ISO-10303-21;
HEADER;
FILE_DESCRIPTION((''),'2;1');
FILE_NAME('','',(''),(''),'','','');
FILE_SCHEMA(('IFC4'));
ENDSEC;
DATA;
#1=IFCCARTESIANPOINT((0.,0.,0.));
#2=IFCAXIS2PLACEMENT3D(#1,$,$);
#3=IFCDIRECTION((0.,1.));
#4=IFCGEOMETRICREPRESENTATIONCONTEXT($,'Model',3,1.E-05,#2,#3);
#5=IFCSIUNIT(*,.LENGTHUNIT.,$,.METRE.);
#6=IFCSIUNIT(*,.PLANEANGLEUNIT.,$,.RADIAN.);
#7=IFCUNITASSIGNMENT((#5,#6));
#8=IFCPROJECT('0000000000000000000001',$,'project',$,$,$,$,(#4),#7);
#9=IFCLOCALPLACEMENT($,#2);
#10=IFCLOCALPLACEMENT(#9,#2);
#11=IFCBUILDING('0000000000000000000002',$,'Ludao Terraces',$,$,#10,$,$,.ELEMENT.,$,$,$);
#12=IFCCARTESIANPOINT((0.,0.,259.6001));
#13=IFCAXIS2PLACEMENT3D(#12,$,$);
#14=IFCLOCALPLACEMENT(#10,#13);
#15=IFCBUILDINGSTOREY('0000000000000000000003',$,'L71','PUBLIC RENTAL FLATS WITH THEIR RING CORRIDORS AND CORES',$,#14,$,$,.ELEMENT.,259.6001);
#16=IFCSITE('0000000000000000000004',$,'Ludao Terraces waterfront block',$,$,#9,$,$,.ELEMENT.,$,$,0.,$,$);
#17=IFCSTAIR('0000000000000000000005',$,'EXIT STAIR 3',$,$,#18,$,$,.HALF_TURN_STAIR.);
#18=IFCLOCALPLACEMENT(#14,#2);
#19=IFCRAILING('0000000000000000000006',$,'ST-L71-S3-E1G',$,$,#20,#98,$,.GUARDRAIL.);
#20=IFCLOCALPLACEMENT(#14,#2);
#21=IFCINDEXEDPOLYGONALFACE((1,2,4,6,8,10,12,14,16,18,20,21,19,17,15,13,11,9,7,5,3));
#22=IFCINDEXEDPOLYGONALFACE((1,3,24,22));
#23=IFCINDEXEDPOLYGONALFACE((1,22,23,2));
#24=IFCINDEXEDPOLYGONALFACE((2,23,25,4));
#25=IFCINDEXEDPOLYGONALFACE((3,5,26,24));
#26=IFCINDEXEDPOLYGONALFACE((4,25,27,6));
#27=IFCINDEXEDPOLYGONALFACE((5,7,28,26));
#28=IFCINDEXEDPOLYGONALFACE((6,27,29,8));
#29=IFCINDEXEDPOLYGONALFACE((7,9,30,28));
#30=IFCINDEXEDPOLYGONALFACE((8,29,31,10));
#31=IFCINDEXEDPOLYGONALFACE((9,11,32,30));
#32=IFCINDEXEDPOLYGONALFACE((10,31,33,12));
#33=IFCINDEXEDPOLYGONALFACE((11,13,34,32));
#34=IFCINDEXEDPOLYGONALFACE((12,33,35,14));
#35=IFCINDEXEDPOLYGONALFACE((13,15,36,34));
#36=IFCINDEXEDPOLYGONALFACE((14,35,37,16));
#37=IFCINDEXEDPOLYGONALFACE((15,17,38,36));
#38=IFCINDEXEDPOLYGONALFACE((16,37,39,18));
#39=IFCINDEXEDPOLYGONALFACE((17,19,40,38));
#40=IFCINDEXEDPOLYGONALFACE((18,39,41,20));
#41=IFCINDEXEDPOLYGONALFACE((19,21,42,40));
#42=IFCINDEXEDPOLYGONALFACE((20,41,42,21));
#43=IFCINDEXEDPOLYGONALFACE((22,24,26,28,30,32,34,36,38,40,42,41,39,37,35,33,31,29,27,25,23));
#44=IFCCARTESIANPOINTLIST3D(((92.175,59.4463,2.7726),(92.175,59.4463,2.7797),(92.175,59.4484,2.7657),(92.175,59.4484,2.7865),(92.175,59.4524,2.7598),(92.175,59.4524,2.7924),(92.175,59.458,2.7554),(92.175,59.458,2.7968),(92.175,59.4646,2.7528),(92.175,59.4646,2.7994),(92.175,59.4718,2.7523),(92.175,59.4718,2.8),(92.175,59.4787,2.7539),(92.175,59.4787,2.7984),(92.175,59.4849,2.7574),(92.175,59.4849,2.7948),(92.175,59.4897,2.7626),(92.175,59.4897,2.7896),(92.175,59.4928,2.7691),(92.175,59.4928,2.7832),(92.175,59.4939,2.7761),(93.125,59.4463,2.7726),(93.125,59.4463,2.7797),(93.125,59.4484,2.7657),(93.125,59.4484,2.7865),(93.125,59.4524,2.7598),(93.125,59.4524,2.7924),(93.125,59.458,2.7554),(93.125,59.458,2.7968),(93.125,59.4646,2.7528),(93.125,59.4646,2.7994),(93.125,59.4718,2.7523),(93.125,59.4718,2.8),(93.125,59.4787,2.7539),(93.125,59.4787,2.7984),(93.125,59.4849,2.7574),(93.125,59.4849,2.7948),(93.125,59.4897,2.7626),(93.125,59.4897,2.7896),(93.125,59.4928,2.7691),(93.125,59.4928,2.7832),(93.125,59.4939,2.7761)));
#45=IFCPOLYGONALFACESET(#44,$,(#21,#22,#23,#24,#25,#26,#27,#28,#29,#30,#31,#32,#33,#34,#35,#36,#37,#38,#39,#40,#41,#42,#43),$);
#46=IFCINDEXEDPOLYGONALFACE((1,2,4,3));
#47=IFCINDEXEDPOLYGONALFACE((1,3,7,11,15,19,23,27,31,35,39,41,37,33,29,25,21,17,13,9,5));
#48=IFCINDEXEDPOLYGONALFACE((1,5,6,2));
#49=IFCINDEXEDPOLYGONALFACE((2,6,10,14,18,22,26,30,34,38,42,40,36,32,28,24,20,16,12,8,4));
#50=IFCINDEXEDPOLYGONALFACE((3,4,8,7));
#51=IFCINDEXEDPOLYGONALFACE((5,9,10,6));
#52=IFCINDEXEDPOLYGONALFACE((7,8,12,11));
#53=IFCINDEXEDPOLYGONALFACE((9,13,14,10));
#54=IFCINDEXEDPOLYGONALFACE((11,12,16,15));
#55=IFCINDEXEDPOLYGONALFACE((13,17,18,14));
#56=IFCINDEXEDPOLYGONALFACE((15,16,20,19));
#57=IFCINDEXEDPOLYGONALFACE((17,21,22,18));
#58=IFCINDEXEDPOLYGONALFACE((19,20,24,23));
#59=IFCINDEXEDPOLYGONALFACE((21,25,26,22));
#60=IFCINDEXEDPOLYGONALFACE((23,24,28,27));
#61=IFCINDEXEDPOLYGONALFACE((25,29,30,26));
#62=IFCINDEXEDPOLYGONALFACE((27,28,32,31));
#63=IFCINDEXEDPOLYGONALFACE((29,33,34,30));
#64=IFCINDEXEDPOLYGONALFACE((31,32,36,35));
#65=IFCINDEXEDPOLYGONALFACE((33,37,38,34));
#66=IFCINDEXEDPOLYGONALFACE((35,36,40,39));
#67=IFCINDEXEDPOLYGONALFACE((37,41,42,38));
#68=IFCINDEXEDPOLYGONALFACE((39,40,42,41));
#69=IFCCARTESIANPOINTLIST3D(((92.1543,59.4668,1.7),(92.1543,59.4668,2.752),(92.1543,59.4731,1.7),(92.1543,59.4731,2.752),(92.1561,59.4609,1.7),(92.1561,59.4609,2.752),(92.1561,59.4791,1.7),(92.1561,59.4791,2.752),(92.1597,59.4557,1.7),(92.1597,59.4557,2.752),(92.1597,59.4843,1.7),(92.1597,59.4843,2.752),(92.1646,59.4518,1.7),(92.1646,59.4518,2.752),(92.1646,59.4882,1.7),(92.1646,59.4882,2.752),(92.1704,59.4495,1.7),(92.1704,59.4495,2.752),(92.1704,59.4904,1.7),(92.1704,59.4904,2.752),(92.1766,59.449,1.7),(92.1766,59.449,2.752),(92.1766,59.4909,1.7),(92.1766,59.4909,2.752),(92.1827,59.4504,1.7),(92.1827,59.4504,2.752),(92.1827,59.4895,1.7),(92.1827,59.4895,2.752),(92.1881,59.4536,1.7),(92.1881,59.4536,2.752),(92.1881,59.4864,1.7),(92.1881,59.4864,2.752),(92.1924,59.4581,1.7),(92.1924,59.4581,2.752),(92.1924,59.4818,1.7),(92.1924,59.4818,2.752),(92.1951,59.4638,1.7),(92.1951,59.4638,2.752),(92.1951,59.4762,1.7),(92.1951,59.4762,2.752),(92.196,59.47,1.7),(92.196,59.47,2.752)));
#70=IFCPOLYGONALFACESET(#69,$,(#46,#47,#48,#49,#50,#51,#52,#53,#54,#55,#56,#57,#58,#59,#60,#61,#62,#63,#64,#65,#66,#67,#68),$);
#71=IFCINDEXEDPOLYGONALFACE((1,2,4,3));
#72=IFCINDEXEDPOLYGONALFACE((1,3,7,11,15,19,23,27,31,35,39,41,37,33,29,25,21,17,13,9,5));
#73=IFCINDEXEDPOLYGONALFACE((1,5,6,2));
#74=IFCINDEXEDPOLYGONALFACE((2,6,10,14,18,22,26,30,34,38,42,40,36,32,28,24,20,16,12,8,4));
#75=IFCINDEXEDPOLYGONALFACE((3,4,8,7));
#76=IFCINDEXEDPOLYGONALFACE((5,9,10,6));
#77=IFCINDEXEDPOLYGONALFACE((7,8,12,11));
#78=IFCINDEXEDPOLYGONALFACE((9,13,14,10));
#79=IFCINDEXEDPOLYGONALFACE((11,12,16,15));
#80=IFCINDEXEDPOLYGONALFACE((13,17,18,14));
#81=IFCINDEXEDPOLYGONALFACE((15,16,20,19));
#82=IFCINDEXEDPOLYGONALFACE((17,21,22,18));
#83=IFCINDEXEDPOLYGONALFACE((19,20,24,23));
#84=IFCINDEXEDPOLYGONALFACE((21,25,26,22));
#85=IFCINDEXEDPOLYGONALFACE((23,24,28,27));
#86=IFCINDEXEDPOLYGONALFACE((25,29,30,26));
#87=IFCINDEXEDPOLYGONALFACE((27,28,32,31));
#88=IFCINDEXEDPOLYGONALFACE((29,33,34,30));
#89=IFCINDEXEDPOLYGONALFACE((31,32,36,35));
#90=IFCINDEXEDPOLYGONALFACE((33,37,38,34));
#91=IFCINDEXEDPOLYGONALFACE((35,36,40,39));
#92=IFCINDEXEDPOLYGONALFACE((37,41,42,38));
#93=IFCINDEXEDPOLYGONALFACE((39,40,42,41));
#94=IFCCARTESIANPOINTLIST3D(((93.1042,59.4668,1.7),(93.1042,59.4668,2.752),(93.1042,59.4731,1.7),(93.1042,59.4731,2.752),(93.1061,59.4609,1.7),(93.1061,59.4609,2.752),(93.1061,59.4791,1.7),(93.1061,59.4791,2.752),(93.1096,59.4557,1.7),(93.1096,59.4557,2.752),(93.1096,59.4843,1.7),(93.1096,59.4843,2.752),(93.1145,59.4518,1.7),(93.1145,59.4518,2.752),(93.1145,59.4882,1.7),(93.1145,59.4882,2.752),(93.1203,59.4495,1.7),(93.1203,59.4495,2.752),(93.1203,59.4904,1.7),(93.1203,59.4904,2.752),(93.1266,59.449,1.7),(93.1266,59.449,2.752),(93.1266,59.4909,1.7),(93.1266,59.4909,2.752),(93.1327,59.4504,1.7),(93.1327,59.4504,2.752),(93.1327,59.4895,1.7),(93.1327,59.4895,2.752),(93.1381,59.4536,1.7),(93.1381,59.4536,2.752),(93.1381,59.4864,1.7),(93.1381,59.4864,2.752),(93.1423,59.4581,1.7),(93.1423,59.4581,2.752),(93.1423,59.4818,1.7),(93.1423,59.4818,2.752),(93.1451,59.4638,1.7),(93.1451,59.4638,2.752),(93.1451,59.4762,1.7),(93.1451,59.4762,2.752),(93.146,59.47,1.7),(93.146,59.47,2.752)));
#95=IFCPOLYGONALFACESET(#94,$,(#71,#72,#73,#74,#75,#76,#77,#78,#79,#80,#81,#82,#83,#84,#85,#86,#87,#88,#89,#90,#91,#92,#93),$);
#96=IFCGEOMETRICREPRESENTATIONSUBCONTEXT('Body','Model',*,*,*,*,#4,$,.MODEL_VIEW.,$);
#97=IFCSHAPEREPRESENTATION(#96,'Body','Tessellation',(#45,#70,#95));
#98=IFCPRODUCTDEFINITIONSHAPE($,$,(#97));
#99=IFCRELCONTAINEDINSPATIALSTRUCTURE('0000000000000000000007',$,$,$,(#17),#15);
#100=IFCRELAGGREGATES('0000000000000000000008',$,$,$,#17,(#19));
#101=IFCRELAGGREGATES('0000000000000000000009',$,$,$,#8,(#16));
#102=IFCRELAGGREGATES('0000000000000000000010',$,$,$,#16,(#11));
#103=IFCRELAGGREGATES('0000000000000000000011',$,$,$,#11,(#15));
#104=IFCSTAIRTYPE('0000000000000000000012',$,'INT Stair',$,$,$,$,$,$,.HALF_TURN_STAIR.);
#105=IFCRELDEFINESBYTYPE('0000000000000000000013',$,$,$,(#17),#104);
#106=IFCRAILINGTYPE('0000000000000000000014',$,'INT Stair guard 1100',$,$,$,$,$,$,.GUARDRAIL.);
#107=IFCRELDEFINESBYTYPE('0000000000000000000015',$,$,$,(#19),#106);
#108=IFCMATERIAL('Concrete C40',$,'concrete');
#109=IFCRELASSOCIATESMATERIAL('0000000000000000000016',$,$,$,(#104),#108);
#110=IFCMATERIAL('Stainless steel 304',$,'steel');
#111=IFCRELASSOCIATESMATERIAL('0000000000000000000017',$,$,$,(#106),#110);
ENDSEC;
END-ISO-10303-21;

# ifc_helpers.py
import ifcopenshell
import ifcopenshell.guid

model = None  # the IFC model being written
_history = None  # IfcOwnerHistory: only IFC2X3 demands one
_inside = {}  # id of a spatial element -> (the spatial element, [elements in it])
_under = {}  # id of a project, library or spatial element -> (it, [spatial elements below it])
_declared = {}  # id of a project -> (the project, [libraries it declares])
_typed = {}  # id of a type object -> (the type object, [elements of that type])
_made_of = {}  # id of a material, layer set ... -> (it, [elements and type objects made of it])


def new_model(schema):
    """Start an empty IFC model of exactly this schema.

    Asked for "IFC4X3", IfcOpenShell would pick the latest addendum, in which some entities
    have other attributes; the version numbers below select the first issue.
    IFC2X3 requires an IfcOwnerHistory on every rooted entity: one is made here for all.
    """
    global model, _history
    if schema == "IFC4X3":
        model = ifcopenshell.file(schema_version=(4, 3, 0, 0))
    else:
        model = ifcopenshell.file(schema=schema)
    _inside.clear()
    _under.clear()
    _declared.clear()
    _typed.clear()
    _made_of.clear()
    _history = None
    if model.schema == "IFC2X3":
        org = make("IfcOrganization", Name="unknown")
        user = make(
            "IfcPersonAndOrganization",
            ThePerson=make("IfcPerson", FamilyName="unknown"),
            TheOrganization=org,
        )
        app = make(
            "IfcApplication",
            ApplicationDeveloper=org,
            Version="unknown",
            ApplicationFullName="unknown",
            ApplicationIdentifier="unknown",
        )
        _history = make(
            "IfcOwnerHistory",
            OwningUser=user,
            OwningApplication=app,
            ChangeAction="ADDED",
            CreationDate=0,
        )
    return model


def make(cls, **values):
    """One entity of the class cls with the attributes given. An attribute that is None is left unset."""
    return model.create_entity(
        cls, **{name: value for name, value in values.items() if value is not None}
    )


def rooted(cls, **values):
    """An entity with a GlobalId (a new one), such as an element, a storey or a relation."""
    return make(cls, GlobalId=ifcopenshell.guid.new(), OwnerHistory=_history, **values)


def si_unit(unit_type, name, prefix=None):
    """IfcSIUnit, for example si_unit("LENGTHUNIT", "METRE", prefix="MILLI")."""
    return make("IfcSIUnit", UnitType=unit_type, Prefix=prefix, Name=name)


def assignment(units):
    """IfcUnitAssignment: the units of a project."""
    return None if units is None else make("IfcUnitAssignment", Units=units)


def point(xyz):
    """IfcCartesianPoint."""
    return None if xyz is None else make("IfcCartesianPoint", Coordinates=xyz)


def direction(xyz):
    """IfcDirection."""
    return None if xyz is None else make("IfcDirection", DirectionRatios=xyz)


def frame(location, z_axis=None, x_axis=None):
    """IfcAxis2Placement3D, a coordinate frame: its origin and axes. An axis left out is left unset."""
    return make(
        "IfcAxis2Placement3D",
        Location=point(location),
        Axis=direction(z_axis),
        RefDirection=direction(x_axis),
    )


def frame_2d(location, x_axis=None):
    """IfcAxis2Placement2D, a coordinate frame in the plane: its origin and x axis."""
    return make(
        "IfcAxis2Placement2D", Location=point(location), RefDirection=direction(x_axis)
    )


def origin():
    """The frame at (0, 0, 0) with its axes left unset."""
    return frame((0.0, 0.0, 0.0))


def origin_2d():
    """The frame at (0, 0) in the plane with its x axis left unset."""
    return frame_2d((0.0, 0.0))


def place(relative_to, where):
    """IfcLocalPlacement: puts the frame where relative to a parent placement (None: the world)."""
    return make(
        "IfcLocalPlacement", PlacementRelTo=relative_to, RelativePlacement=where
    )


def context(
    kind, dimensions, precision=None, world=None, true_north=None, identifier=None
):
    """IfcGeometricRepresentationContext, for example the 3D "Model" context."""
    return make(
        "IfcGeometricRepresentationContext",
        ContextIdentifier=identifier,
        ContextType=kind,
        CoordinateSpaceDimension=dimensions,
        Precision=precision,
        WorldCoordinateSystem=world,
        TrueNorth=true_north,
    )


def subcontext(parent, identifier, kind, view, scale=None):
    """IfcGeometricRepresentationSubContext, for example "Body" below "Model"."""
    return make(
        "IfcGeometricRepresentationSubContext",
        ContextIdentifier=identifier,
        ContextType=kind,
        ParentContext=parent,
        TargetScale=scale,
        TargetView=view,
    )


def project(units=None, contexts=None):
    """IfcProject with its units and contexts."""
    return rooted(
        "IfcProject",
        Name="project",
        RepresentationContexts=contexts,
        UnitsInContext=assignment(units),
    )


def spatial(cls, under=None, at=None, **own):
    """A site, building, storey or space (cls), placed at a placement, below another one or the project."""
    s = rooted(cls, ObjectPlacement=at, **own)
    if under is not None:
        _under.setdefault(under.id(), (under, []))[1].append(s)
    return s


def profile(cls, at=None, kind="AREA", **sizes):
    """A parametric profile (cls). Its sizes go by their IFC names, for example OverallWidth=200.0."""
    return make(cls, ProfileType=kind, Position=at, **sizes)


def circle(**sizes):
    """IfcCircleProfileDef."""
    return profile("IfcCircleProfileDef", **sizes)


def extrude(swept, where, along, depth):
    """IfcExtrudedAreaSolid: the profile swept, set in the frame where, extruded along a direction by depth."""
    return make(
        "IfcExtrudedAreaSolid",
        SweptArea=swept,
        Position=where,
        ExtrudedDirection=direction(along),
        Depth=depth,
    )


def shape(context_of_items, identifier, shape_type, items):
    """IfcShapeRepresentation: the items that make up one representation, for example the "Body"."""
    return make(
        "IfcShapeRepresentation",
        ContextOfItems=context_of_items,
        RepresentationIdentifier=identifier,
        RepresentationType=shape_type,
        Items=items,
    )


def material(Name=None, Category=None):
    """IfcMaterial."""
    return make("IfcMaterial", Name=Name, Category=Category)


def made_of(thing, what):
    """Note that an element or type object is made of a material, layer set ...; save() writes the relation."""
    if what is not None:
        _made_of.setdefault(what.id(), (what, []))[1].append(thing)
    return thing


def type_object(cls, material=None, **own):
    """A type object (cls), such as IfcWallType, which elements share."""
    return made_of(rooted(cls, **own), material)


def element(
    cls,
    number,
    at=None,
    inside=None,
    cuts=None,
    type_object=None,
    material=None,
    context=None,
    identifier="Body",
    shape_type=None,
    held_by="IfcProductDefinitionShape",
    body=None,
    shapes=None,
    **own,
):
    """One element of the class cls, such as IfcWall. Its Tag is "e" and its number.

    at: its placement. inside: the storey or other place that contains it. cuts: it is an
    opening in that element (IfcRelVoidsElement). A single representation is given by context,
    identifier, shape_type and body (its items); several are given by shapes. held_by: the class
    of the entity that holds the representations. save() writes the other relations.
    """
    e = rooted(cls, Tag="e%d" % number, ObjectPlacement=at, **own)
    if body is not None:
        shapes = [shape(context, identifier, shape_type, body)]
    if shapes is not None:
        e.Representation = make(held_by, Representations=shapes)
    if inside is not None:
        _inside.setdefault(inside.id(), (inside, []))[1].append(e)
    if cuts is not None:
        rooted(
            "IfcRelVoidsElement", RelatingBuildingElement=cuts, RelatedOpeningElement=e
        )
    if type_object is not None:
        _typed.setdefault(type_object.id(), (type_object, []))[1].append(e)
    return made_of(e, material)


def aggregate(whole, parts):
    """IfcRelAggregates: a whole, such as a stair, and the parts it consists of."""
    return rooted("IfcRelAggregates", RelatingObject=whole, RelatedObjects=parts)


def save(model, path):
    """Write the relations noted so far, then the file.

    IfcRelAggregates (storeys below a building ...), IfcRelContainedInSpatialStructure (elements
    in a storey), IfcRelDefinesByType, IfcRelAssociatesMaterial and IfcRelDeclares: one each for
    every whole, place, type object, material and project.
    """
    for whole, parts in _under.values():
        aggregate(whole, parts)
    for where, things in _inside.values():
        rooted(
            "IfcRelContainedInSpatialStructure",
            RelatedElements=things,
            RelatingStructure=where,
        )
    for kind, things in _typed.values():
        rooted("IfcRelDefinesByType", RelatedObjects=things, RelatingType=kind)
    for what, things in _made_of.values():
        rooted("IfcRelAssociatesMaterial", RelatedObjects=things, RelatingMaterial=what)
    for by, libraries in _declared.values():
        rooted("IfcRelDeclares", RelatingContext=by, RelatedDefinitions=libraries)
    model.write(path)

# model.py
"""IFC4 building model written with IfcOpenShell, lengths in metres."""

from ifc_helpers import new_model, si_unit, direction, frame, origin, origin_2d, place, context, subcontext, project, spatial, circle, extrude, material, type_object, element, aggregate, save


model = new_model("IFC4")

# Units and contexts
model_context = context("Model", 3, precision=1e-05, world=origin(), true_north=direction((0.0, 1.0)))
body_context = subcontext(model_context, "Body", "Model", "MODEL_VIEW")
ifc_project = project(units=[si_unit("LENGTHUNIT", "METRE"), si_unit("PLANEANGLEUNIT", "RADIAN")], contexts=[model_context])

# Site, building, storey
site_placement = place(None, origin())
site = spatial("IfcSite", under=ifc_project, at=site_placement, Name="Ludao Terraces waterfront block", CompositionType="ELEMENT", RefElevation=0.0)
building_placement = place(site_placement, origin())
building = spatial("IfcBuilding", under=site, at=building_placement, Name="Ludao Terraces", CompositionType="ELEMENT")
storey_placement = place(building_placement, frame((0.0, 0.0, 259.6001)))
storey = spatial("IfcBuildingStorey", under=building, at=storey_placement, Name="L71", Description="PUBLIC RENTAL FLATS WITH THEIR RING CORRIDORS AND CORES", CompositionType="ELEMENT", Elevation=259.6001)

# Shared definitions
ifc_material_1 = material(Name="Concrete C40", Category="concrete")

# Stair, railing
stair_type = type_object("IfcStairType", Name="INT Stair", PredefinedType="HALF_TURN_STAIR", material=ifc_material_1)
stair_placement = place(storey_placement, origin())
stair = element("IfcStair", 1, at=stair_placement, inside=storey, type_object=stair_type, Name="EXIT STAIR 3", PredefinedType="HALF_TURN_STAIR")
ifc_material_2 = material(Name="Stainless steel 304", Category="steel")
railing_type_1 = type_object("IfcRailingType", Name="INT Stair guard 1100", PredefinedType="GUARDRAIL", material=ifc_material_2)
railing_1_placement = place(storey_placement, frame((92.175, 59.47, 1.7)))
railing_1 = element("IfcRailing", 2, at=railing_1_placement, type_object=railing_type_1, Name="ST-L71-S3-E1G", PredefinedType="GUARDRAIL", context=body_context, shape_type="SweptSolid", body=[
    extrude(circle(Radius=0.0239, at=origin_2d()), frame((0.0, 0.0, 1.0762), z_axis=(1.0, 0.0, 0.0), x_axis=(0.0, 1.0, 0.0)), (0.0, 0.0, 1.0), 0.95),
    extrude(circle(Radius=0.021, at=origin_2d()), origin(), (0.0, 0.0, 1.0), 1.052),
    extrude(circle(Radius=0.021, at=origin_2d()), frame((0.95, 0.0, 0.0)), (0.0, 0.0, 1.0), 1.052),
])
aggregate(stair, [railing_1])

save(model, "model.ifc")
